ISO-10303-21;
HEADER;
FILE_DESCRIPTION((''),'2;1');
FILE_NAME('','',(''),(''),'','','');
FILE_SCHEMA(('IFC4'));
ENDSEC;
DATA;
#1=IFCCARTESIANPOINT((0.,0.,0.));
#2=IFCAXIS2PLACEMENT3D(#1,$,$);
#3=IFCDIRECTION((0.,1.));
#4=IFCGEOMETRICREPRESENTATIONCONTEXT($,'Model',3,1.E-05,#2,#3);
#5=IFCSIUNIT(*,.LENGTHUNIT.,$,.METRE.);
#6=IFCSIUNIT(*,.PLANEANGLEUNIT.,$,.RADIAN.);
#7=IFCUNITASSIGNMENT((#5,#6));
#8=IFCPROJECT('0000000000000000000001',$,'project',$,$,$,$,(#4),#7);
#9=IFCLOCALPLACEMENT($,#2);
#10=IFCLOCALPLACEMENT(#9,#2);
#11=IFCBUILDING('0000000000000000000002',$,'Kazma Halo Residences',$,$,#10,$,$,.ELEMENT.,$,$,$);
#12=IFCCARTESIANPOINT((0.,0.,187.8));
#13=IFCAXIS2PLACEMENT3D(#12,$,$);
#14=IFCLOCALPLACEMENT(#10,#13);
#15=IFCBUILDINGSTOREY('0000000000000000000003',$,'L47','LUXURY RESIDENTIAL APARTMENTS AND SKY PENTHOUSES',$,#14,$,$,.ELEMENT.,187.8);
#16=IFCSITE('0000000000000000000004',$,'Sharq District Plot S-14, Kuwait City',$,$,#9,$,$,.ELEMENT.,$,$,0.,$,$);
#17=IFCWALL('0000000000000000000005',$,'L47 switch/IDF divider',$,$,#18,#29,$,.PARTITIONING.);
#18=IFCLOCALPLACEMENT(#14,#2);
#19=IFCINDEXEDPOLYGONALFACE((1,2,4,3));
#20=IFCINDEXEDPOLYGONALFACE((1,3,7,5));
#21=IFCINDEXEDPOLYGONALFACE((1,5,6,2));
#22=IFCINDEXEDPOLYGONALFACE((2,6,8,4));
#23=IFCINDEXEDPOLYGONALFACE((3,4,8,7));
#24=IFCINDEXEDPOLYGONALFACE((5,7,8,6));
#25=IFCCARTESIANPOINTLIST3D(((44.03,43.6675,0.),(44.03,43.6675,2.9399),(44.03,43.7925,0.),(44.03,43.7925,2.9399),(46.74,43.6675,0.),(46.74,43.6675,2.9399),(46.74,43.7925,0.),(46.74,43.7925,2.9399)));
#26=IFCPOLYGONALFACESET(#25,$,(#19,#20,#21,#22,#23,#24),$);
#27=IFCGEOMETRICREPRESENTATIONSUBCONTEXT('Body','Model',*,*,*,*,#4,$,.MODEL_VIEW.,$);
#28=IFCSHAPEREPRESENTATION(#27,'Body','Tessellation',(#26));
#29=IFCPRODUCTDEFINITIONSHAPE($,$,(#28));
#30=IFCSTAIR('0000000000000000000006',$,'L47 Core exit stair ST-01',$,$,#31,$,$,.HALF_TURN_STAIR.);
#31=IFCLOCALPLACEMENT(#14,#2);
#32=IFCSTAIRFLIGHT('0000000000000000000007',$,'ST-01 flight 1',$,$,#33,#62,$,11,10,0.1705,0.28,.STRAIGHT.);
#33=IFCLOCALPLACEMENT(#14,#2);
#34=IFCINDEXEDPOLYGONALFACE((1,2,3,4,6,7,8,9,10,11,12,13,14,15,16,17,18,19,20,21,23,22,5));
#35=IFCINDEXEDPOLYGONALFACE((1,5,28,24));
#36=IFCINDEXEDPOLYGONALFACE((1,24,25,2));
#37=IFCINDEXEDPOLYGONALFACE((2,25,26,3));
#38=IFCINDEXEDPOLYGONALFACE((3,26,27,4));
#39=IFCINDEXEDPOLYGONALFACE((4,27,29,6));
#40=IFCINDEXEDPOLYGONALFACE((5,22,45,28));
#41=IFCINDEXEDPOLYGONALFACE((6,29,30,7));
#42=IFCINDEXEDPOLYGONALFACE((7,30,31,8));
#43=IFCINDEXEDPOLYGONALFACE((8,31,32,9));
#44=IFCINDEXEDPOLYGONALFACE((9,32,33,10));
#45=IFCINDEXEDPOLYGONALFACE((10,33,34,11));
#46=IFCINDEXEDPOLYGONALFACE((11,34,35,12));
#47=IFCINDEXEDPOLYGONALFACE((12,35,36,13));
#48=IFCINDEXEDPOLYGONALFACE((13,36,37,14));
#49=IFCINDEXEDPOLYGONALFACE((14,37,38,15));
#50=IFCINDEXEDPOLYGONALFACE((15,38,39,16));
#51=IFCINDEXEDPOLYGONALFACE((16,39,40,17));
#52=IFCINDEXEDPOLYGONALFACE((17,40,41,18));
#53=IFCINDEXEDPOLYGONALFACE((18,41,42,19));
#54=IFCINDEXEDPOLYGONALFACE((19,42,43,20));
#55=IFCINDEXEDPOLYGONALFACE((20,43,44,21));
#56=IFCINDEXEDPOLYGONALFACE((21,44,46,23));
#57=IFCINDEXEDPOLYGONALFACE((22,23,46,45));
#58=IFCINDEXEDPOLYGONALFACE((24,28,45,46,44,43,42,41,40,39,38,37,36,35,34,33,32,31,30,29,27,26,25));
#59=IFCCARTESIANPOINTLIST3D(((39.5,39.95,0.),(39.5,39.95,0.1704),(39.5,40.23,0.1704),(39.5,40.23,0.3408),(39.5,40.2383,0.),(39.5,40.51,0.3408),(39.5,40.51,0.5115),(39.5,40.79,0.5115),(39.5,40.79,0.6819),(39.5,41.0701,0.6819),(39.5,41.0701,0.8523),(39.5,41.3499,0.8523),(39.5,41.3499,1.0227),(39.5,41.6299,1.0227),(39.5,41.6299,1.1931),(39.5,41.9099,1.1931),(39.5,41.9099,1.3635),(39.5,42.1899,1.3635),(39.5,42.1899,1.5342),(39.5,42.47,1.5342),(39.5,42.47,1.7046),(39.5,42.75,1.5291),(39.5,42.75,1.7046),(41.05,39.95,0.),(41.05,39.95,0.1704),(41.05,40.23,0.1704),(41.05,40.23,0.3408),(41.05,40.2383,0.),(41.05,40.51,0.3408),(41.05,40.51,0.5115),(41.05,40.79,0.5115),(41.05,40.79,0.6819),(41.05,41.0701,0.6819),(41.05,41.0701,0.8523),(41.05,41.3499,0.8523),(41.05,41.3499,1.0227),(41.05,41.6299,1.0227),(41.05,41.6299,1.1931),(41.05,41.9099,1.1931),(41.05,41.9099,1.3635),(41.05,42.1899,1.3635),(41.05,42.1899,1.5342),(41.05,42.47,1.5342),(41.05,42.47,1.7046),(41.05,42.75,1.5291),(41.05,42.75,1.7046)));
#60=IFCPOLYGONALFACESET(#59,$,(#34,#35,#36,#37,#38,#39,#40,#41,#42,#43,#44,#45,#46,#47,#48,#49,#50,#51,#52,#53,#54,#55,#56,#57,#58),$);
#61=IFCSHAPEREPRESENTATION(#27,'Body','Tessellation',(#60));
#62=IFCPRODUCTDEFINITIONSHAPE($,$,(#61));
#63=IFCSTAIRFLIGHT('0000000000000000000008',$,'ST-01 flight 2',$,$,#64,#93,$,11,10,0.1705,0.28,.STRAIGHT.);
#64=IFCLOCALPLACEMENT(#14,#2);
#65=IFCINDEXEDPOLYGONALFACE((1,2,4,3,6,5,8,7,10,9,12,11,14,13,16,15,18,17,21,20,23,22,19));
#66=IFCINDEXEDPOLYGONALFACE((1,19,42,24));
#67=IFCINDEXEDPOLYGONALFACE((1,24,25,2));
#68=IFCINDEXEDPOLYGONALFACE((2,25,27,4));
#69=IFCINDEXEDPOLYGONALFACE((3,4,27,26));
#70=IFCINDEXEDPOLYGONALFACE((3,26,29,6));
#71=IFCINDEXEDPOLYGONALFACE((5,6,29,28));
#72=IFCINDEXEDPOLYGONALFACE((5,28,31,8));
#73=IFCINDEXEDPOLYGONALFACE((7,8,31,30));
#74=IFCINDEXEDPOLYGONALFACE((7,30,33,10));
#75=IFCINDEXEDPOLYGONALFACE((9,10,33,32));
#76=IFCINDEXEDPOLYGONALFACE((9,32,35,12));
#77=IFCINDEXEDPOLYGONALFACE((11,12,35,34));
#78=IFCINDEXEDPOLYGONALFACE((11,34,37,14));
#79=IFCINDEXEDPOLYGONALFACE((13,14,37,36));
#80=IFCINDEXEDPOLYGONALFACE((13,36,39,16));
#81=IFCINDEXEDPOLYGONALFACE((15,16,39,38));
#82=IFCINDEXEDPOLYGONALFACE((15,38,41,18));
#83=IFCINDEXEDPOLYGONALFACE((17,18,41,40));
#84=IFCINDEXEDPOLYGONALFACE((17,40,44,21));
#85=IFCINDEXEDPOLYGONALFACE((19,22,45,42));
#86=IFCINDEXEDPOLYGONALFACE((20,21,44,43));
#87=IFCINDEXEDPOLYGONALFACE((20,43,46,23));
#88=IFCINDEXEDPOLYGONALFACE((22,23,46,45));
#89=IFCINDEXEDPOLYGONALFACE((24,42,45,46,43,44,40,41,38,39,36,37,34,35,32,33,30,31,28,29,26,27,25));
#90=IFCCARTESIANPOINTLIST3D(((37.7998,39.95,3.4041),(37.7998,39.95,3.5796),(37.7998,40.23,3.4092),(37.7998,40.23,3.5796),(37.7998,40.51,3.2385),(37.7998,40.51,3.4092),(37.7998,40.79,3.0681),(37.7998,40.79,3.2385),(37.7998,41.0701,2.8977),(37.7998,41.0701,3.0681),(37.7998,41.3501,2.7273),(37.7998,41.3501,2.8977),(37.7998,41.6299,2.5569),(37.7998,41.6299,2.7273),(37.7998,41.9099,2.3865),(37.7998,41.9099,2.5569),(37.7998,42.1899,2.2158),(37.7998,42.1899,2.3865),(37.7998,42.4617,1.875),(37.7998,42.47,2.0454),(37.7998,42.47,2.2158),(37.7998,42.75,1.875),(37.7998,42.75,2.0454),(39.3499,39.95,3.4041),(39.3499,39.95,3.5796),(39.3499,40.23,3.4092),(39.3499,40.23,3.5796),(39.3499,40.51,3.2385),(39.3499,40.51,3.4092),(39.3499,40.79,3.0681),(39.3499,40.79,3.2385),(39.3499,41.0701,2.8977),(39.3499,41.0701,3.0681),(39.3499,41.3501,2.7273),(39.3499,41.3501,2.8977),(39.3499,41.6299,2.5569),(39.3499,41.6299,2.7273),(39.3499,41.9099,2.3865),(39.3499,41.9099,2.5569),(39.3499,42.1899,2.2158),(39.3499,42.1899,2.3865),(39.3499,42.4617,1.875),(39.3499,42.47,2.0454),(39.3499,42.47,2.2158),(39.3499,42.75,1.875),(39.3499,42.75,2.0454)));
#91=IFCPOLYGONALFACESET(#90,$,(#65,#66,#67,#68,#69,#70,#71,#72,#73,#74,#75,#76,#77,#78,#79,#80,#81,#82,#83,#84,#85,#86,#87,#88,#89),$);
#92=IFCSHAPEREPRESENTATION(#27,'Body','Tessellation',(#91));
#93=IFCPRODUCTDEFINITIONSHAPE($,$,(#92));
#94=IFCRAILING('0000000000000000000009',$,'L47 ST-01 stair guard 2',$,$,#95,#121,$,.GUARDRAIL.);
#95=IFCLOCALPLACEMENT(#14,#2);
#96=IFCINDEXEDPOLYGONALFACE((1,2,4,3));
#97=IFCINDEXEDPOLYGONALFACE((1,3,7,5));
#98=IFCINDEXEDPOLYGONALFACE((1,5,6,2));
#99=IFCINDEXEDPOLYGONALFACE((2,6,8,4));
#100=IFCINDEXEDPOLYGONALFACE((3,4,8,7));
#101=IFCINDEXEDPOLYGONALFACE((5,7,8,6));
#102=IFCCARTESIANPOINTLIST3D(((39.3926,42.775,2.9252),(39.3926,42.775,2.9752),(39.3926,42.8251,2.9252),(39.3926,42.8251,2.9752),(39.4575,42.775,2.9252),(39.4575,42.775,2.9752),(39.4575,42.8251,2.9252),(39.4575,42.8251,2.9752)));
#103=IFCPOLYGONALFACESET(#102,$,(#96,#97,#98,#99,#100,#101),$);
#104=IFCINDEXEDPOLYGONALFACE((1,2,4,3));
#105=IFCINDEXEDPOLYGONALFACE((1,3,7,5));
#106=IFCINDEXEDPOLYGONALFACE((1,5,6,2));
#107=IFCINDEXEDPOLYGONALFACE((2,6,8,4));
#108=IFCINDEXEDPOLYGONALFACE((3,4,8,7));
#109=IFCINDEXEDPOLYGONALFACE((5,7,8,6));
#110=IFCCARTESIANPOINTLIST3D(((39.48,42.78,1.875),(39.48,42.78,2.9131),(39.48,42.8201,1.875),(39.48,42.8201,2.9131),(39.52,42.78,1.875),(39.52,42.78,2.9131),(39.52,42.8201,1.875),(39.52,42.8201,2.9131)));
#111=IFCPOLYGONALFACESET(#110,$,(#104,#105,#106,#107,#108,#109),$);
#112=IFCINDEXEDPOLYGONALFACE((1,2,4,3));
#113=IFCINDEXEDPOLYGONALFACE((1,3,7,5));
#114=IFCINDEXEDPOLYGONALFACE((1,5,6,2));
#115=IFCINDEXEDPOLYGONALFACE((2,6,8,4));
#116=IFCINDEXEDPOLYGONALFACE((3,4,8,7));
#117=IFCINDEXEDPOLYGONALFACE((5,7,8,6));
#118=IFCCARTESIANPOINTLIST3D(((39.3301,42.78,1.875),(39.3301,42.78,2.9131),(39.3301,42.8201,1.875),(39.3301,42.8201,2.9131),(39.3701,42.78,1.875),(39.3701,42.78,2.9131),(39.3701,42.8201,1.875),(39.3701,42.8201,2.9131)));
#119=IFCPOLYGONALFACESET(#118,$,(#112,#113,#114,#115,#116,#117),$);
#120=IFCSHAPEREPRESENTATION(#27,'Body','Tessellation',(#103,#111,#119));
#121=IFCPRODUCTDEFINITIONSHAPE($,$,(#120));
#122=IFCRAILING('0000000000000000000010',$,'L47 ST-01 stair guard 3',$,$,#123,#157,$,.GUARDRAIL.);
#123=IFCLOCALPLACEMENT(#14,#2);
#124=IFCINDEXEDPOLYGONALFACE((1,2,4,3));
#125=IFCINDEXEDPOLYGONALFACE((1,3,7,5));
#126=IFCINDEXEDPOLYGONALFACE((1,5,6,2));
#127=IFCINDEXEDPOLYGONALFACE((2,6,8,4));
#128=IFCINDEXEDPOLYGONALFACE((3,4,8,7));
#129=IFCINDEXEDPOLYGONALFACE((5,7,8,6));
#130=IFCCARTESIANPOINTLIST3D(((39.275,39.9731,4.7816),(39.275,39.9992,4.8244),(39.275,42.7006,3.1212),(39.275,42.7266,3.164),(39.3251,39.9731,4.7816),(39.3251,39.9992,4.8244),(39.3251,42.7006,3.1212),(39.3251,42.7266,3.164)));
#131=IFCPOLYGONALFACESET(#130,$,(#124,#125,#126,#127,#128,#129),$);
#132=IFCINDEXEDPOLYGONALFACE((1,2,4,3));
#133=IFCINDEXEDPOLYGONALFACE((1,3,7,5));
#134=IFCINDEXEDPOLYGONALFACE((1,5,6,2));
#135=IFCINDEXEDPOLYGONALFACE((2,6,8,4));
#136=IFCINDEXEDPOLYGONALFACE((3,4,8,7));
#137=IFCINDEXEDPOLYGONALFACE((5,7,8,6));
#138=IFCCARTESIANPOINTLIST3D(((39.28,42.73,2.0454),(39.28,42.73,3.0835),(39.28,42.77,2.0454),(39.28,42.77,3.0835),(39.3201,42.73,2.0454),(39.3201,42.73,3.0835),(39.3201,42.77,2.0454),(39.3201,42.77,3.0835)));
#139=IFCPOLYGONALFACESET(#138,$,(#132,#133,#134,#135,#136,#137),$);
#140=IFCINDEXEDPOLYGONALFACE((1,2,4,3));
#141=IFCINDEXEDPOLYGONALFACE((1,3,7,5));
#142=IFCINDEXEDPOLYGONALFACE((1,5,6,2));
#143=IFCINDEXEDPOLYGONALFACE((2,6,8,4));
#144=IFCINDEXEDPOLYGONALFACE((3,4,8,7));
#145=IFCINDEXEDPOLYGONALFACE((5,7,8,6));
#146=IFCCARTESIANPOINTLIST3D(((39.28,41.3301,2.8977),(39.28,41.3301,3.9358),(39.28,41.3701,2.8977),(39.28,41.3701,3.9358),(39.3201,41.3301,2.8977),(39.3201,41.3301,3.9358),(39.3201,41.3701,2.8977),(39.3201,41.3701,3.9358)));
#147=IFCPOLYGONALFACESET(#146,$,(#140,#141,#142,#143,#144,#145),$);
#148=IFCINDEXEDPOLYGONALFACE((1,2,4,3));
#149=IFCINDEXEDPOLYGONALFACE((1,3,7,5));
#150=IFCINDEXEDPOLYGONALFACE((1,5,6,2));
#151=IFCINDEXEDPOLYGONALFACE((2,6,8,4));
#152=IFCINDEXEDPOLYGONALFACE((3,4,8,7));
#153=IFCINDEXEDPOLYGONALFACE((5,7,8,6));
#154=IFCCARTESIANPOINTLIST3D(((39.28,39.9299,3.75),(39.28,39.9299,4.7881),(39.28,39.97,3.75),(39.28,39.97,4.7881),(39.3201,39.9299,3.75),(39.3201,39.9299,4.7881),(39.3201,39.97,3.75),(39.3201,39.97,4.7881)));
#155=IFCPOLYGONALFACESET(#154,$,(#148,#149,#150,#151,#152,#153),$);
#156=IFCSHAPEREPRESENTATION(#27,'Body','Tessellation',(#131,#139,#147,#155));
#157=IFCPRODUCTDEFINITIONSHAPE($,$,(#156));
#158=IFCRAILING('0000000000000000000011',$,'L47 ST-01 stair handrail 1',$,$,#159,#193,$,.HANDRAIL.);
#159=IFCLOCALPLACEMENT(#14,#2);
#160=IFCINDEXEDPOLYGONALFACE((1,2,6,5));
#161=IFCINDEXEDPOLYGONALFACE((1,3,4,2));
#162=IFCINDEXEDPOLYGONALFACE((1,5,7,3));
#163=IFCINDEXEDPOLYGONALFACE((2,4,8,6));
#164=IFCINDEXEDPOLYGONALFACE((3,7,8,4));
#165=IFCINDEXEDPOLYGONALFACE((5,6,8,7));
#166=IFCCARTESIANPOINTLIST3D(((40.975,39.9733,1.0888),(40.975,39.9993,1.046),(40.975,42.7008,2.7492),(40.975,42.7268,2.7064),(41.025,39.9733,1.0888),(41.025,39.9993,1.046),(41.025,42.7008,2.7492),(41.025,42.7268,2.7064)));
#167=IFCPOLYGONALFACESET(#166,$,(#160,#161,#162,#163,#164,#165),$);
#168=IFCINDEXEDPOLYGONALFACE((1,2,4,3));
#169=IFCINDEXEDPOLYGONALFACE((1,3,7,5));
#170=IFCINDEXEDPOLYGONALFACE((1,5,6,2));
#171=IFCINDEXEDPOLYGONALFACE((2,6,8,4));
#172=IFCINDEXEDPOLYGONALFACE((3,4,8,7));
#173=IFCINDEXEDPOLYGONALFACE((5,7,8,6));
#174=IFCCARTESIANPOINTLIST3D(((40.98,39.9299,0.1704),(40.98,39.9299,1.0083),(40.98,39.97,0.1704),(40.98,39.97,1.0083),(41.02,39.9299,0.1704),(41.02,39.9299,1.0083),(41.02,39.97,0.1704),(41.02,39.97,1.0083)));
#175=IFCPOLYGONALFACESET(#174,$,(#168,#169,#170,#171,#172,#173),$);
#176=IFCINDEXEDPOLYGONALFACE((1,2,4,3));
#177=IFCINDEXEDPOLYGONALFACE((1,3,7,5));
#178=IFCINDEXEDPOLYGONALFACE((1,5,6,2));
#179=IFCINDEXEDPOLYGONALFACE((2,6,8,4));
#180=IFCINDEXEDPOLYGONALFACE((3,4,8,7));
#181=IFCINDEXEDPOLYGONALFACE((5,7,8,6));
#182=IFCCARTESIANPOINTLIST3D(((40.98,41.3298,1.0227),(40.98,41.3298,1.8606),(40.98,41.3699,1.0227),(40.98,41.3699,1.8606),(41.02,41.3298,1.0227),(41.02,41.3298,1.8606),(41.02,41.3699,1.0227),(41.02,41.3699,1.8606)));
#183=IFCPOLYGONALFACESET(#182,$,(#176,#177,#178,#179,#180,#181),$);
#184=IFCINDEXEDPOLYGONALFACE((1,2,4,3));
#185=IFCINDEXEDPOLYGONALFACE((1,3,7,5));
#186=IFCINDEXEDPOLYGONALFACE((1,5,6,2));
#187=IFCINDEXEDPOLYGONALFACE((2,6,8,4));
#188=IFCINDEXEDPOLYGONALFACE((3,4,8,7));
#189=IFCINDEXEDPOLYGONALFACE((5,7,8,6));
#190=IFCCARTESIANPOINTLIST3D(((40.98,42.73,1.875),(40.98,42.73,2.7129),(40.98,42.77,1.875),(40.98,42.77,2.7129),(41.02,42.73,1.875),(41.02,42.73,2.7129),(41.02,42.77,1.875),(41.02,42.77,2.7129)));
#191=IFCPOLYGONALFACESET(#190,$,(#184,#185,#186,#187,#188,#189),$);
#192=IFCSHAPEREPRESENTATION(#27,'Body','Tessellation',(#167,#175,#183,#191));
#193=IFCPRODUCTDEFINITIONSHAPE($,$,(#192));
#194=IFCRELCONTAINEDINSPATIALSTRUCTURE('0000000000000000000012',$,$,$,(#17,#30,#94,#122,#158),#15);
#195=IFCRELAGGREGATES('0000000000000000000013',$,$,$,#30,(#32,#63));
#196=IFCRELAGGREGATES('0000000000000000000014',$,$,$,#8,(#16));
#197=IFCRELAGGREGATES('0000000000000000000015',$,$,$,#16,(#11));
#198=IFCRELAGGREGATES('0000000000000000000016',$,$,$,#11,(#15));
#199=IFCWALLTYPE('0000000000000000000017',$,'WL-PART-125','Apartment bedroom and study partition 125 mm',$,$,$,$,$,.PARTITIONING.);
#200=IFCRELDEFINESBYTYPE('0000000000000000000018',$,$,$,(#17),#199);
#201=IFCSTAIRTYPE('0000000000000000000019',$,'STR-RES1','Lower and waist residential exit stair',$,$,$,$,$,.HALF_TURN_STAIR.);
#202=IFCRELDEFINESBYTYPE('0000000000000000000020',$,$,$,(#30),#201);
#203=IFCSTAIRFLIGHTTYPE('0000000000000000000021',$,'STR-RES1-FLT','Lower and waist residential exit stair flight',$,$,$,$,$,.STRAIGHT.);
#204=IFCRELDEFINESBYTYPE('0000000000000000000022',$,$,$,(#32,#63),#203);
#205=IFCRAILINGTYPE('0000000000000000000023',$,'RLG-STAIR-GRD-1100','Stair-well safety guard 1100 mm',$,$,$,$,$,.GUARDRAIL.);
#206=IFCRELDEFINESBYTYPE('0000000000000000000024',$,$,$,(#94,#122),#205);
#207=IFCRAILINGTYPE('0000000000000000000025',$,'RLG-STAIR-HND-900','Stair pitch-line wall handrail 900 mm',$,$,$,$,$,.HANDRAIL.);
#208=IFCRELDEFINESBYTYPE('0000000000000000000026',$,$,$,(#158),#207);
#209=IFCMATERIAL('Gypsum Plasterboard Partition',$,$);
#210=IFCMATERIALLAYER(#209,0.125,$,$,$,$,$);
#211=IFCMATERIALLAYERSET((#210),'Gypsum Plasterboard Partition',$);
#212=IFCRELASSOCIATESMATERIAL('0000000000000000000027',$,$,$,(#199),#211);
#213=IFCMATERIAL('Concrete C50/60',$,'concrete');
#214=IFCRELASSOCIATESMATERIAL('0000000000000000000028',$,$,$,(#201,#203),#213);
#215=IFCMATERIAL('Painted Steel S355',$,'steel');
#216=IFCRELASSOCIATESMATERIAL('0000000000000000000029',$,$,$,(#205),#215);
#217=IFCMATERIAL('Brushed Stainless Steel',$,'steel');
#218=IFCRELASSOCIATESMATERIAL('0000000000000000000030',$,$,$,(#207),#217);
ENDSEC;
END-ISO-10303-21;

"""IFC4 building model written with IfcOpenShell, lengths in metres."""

from ifc_helpers import new_model, si_unit, direction, frame, frame_2d, origin, origin_2d, place, context, subcontext, project, spatial, polyline, rectangle, outline, extrude, material, layer, layer_set, type_object, element, aggregate, save


model = new_model("IFC4")

# Units and contexts
model_context = context("Model", 3, precision=1e-05, world=origin(), true_north=direction((0.0, 1.0)))
body_context = subcontext(model_context, "Body", "Model", "MODEL_VIEW")
ifc_project = project(units=[si_unit("LENGTHUNIT", "METRE"), si_unit("PLANEANGLEUNIT", "RADIAN")], contexts=[model_context])

# Site, building, storey
site_placement = place(None, origin())
site = spatial("IfcSite", under=ifc_project, at=site_placement, Name="Sharq District Plot S-14, Kuwait City", CompositionType="ELEMENT", RefElevation=0.0)
building_placement = place(site_placement, origin())
building = spatial("IfcBuilding", under=site, at=building_placement, Name="Kazma Halo Residences", CompositionType="ELEMENT")
storey_placement = place(building_placement, frame((0.0, 0.0, 187.8)))
storey = spatial("IfcBuildingStorey", under=building, at=storey_placement, Name="L47", Description="LUXURY RESIDENTIAL APARTMENTS AND SKY PENTHOUSES", CompositionType="ELEMENT", Elevation=187.8)

# Wall
ifc_material_1 = material(Name="Gypsum Plasterboard Partition")
ifc_layer_1 = layer(ifc_material_1, 0.125)
ifc_layer_set_1 = layer_set([ifc_layer_1], Name="Gypsum Plasterboard Partition")
wall_type_1 = type_object("IfcWallType", Name="WL-PART-125", Description="Apartment bedroom and study partition 125 mm", PredefinedType="PARTITIONING", material=ifc_layer_set_1)
wall_1_placement = place(storey_placement, frame((44.03, 43.73, 0.0), z_axis=(0.0, 0.0, 1.0), x_axis=(1.0, 0.0, 0.0)))
element("IfcWall", 1, at=wall_1_placement, inside=storey, type_object=wall_type_1, Name="L47 switch/IDF divider", PredefinedType="PARTITIONING", context=body_context, shape_type="SweptSolid", body=[
    extrude(rectangle(XDim=2.71, YDim=0.125, at=frame_2d((1.355, 0.0))), origin(), (0.0, 0.0, 1.0), 2.9399),
])

# Stair, stair flights
ifc_material_2 = material(Name="Concrete C50/60", Category="concrete")
stair_type = type_object("IfcStairType", Name="STR-RES1", Description="Lower and waist residential exit stair", PredefinedType="HALF_TURN_STAIR", material=ifc_material_2)
stair_placement = place(storey_placement, origin())
stair = element("IfcStair", 2, at=stair_placement, inside=storey, type_object=stair_type, Name="L47 Core exit stair ST-01", PredefinedType="HALF_TURN_STAIR")
stair_flight_type = type_object("IfcStairFlightType", Name="STR-RES1-FLT", Description="Lower and waist residential exit stair flight", PredefinedType="STRAIGHT", material=ifc_material_2)
stair_flight_1_placement = place(storey_placement, frame((40.2749, 39.95, 0.0), z_axis=(0.0, 0.0, 1.0), x_axis=(0.0, 1.0, 0.0)))
stair_flight_1 = element("IfcStairFlight", 3, at=stair_flight_1_placement, type_object=stair_flight_type, Name="ST-01 flight 1", NumberOfRisers=11, NumberOfTreads=10, PredefinedType="STRAIGHT", RiserHeight=0.1705, TreadLength=0.28, context=body_context, shape_type="SweptSolid", body=[
    extrude(outline(polyline([(0.0, 0.0), (0.0, 0.1704), (0.28, 0.1704), (0.28, 0.3408), (0.5601, 0.3408), (0.5601, 0.5115), (0.8401, 0.5115), (0.8401, 0.6819), (1.1201, 0.6819), (1.1201, 0.8523), (1.3999, 0.8523), (1.3999, 1.0227), (1.6799, 1.0227), (1.6799, 1.1931), (1.96, 1.1931), (1.96, 1.3635), (2.24, 1.3635), (2.24, 1.5342), (2.52, 1.5342), (2.52, 1.7046), (2.8, 1.7046), (2.8, 1.875), (2.8, 1.5291), (0.2883, 0.0), (0.0, 0.0)])), frame((0.0, 0.7749, 0.0), z_axis=(0.0, -1.0, 0.0), x_axis=(1.0, 0.0, 0.0)), (0.0, 0.0, 1.0), 1.55),
])
stair_flight_2_placement = place(storey_placement, frame((38.575, 42.75, 1.875), z_axis=(0.0, 0.0, 1.0), x_axis=(0.0, -1.0, 0.0)))
stair_flight_2 = element("IfcStairFlight", 4, at=stair_flight_2_placement, type_object=stair_flight_type, Name="ST-01 flight 2", NumberOfRisers=11, NumberOfTreads=10, PredefinedType="STRAIGHT", RiserHeight=0.1705, TreadLength=0.28, context=body_context, shape_type="SweptSolid", body=[
    extrude(outline(polyline([(0.0, 0.0), (0.0, 0.1704), (0.28, 0.1704), (0.28, 0.3408), (0.5601, 0.3408), (0.5601, 0.5115), (0.8401, 0.5115), (0.8401, 0.6819), (1.1201, 0.6819), (1.1201, 0.8523), (1.3999, 0.8523), (1.3999, 1.0227), (1.6799, 1.0227), (1.6799, 1.1931), (1.96, 1.1931), (1.96, 1.3635), (2.24, 1.3635), (2.24, 1.5342), (2.52, 1.5342), (2.52, 1.7046), (2.8, 1.7046), (2.8, 1.875), (2.8, 1.5291), (0.2883, 0.0), (0.0, 0.0)])), frame((0.0, 0.7749, 0.0), z_axis=(0.0, -1.0, 0.0), x_axis=(1.0, 0.0, 0.0)), (0.0, 0.0, 1.0), 1.55),
])
aggregate(stair, [stair_flight_1, stair_flight_2])

# Railings
ifc_material_3 = material(Name="Painted Steel S355", Category="steel")
railing_type_1 = type_object("IfcRailingType", Name="RLG-STAIR-GRD-1100", Description="Stair-well safety guard 1100 mm", PredefinedType="GUARDRAIL", material=ifc_material_3)
railing_1_placement = place(storey_placement, frame((39.5, 42.8, 1.875)))
element("IfcRailing", 5, at=railing_1_placement, inside=storey, type_object=railing_type_1, Name="L47 ST-01 stair guard 2", PredefinedType="GUARDRAIL", context=body_context, shape_type="SweptSolid", body=[
    extrude(rectangle(XDim=0.05, YDim=0.05, at=origin_2d()), frame((-0.0425, 0.0, 1.0752), z_axis=(-1.0, 0.0, 0.0), x_axis=(0.0, -1.0, 0.0)), (0.0, 0.0, 1.0), 0.0649),
    extrude(rectangle(XDim=0.04, YDim=0.04, at=origin_2d()), origin(), (0.0, 0.0, 1.0), 1.0381),
    extrude(rectangle(XDim=0.04, YDim=0.04, at=origin_2d()), frame((-0.1499, 0.0, 0.0)), (0.0, 0.0, 1.0), 1.0381),
])
railing_2_placement = place(storey_placement, frame((39.3, 42.75, 2.0454)))
element("IfcRailing", 6, at=railing_2_placement, inside=storey, type_object=railing_type_1, Name="L47 ST-01 stair guard 3", PredefinedType="GUARDRAIL", context=body_context, shape_type="SweptSolid", body=[
    extrude(rectangle(XDim=0.05, YDim=0.05, at=origin_2d()), frame((0.0, -0.0364, 1.0972), z_axis=(0.0, -0.85417, 0.519994), x_axis=(1.0, 0.0, 0.0)), (0.0, 0.0, 1.0), 3.1931),
    extrude(rectangle(XDim=0.04, YDim=0.04, at=origin_2d()), origin(), (0.0, 0.0, 1.0), 1.0381),
    extrude(rectangle(XDim=0.04, YDim=0.04, at=origin_2d()), frame((0.0, -1.3999, 0.8523)), (0.0, 0.0, 1.0), 1.0381),
    extrude(rectangle(XDim=0.04, YDim=0.04, at=origin_2d()), frame((0.0, -2.8, 1.7046)), (0.0, 0.0, 1.0), 1.0381),
])
ifc_material_4 = material(Name="Brushed Stainless Steel", Category="steel")
railing_type_2 = type_object("IfcRailingType", Name="RLG-STAIR-HND-900", Description="Stair pitch-line wall handrail 900 mm", PredefinedType="HANDRAIL", material=ifc_material_4)
railing_3_placement = place(storey_placement, frame((41.0, 39.95, 0.1704)))
element("IfcRailing", 7, at=railing_3_placement, inside=storey, type_object=railing_type_2, Name="L47 ST-01 stair handrail 1", PredefinedType="HANDRAIL", context=body_context, shape_type="SweptSolid", body=[
    extrude(rectangle(XDim=0.05, YDim=0.05, at=origin_2d()), frame((0.0, 0.0364, 0.897), z_axis=(0.0, 0.85417, 0.519994), x_axis=(-1.0, 0.0, 0.0)), (0.0, 0.0, 1.0), 3.1931),
    extrude(rectangle(XDim=0.04, YDim=0.04, at=origin_2d()), origin(), (0.0, 0.0, 1.0), 0.8379),
    extrude(rectangle(XDim=0.04, YDim=0.04, at=origin_2d()), frame((0.0, 1.3999, 0.8523)), (0.0, 0.0, 1.0), 0.8379),
    extrude(rectangle(XDim=0.04, YDim=0.04, at=origin_2d()), frame((0.0, 2.8, 1.7046)), (0.0, 0.0, 1.0), 0.8379),
])

save(model, "model.ifc")
